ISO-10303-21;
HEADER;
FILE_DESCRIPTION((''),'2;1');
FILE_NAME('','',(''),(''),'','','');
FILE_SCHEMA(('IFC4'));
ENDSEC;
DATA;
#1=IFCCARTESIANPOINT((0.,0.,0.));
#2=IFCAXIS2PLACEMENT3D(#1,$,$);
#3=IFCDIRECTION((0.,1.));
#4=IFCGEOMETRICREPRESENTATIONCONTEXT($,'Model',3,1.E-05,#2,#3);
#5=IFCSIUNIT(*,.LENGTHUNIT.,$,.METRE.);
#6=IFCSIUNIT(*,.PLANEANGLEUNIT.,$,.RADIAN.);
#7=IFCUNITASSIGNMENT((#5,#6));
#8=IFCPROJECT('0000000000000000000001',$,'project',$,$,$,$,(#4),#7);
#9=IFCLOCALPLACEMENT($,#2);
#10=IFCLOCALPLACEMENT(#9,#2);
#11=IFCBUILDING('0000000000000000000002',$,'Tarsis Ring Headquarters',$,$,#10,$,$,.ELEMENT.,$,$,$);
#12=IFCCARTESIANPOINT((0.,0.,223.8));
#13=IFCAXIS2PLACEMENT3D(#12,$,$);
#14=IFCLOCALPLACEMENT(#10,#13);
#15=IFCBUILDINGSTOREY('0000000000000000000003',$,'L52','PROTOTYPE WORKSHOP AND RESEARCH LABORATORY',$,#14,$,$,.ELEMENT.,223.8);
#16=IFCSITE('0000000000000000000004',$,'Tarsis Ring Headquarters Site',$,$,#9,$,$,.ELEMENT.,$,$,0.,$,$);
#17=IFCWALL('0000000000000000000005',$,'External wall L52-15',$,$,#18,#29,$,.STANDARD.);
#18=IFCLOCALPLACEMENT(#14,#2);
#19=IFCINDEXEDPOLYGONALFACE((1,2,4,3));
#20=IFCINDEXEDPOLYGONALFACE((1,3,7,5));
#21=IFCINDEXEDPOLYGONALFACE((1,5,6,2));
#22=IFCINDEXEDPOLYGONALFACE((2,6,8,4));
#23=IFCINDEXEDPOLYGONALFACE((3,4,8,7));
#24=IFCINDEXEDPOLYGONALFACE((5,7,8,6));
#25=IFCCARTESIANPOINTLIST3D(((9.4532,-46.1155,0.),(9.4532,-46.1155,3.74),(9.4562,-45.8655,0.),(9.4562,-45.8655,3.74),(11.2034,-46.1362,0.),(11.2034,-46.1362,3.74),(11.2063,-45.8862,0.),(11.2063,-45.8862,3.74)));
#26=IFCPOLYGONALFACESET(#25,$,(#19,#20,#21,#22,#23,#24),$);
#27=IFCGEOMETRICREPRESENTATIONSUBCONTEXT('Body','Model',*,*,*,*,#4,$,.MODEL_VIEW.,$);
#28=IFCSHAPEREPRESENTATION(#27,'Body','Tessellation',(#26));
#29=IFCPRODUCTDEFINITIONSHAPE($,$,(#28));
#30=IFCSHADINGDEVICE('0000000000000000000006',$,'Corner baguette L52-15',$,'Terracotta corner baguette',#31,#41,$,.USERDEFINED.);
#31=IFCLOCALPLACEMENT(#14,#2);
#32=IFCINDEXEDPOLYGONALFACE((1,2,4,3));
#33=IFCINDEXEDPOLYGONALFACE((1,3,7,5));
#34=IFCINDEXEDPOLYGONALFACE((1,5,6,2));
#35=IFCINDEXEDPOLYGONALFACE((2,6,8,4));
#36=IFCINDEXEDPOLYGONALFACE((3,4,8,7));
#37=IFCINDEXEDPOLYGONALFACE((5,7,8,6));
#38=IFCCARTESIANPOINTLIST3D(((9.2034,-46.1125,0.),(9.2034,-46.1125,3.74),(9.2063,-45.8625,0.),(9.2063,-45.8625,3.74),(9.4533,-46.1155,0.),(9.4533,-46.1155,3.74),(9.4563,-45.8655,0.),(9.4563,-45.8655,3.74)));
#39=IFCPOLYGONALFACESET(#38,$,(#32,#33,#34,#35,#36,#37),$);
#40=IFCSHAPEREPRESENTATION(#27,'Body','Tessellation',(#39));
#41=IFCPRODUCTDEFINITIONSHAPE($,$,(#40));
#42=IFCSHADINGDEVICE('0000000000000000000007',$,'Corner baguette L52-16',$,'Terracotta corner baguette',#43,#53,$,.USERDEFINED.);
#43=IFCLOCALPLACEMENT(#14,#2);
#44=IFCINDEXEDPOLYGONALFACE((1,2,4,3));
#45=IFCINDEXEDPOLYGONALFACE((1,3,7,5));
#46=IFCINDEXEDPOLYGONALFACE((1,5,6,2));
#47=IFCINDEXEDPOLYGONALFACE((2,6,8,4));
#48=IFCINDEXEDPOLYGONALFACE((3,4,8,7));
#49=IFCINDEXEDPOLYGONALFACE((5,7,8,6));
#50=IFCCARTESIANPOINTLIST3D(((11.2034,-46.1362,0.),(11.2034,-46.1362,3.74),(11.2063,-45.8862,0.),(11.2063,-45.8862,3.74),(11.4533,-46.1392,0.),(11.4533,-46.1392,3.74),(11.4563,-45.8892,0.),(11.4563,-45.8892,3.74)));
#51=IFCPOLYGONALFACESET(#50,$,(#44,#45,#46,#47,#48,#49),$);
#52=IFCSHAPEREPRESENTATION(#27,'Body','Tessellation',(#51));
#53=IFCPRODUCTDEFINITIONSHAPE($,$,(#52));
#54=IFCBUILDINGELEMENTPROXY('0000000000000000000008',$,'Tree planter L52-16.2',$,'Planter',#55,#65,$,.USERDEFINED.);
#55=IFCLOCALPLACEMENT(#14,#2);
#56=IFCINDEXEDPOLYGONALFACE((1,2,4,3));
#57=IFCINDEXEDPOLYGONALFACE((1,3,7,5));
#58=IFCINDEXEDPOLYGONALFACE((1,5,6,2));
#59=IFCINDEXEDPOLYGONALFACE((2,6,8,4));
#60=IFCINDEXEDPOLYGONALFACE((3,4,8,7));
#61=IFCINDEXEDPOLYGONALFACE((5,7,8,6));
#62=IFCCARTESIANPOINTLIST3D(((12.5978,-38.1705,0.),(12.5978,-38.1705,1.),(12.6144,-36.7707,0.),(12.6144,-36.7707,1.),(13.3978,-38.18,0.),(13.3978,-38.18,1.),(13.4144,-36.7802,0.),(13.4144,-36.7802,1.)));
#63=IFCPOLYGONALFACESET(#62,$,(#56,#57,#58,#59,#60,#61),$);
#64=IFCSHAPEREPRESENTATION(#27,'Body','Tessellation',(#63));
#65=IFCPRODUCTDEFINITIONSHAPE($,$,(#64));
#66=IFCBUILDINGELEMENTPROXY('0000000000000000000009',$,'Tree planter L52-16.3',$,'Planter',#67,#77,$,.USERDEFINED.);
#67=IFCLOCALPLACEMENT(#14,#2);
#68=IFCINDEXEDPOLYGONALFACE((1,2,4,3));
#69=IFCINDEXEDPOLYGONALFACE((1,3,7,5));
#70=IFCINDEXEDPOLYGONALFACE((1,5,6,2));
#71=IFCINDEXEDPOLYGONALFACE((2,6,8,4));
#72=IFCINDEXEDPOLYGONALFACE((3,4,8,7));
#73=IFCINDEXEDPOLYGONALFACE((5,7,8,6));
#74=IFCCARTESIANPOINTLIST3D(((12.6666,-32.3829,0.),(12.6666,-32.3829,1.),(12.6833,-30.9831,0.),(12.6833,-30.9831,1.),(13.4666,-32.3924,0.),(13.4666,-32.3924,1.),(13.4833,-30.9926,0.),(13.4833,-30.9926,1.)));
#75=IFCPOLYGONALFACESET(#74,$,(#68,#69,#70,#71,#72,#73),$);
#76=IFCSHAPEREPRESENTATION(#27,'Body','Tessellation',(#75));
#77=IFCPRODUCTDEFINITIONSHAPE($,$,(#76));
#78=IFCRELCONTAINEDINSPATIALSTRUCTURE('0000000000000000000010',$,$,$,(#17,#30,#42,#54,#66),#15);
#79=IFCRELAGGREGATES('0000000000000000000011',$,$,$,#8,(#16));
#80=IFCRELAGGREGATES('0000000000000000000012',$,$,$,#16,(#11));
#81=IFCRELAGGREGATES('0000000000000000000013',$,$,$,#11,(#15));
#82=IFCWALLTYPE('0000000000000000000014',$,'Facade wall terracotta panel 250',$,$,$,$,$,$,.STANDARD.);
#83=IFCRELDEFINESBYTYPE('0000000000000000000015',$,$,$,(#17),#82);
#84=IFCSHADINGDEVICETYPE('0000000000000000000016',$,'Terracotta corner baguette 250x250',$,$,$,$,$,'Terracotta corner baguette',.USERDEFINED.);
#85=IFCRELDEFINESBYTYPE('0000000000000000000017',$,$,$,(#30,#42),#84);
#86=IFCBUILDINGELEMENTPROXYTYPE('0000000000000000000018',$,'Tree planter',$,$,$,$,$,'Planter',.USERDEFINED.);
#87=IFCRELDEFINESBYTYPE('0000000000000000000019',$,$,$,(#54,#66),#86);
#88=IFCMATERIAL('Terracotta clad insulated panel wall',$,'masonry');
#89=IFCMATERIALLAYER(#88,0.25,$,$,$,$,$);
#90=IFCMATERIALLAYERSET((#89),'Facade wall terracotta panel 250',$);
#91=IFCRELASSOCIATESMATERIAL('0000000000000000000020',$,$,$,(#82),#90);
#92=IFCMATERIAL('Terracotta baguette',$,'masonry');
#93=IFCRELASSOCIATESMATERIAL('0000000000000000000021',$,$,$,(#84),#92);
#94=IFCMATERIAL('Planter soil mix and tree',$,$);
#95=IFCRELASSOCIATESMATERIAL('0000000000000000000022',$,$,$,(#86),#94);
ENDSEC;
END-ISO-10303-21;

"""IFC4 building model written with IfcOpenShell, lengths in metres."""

from ifc_helpers import new_model, si_unit, direction, frame, frame_2d, origin, origin_2d, place, context, subcontext, project, spatial, rectangle, extrude, material, layer, layer_set, type_object, element, save


model = new_model("IFC4")

# Units and contexts
model_context = context("Model", 3, precision=1e-05, world=origin(), true_north=direction((0.0, 1.0)))
body_context = subcontext(model_context, "Body", "Model", "MODEL_VIEW")
ifc_project = project(units=[si_unit("LENGTHUNIT", "METRE"), si_unit("PLANEANGLEUNIT", "RADIAN")], contexts=[model_context])

# Site, building, storey
site_placement = place(None, origin())
site = spatial("IfcSite", under=ifc_project, at=site_placement, Name="Tarsis Ring Headquarters Site", CompositionType="ELEMENT", RefElevation=0.0)
building_placement = place(site_placement, origin())
building = spatial("IfcBuilding", under=site, at=building_placement, Name="Tarsis Ring Headquarters", CompositionType="ELEMENT")
storey_placement = place(building_placement, frame((0.0, 0.0, 223.8)))
storey = spatial("IfcBuildingStorey", under=building, at=storey_placement, Name="L52", Description="PROTOTYPE WORKSHOP AND RESEARCH LABORATORY", CompositionType="ELEMENT", Elevation=223.8)

# Wall
ifc_material_1 = material(Name="Terracotta clad insulated panel wall", Category="masonry")
ifc_layer_1 = layer(ifc_material_1, 0.25)
ifc_layer_set_1 = layer_set([ifc_layer_1], Name="Facade wall terracotta panel 250")
wall_type_1 = type_object("IfcWallType", Name="Facade wall terracotta panel 250", PredefinedType="STANDARD", material=ifc_layer_set_1)
wall_1_placement = place(storey_placement, frame((9.4548, -45.9905, 0.0), z_axis=(0.0, 0.0, 1.0), x_axis=(0.99993, -0.011857, 0.0)))
element("IfcWall", 1, at=wall_1_placement, inside=storey, type_object=wall_type_1, Name="External wall L52-15", PredefinedType="STANDARD", context=body_context, shape_type="SweptSolid", body=[
    extrude(rectangle(XDim=1.7502, YDim=0.25, at=frame_2d((0.875, 0.0))), origin(), (0.0, 0.0, 1.0), 3.74),
])

# Shading devices
ifc_material_2 = material(Name="Terracotta baguette", Category="masonry")
shading_device_type_1 = type_object("IfcShadingDeviceType", Name="Terracotta corner baguette 250x250", ElementType="Terracotta corner baguette", PredefinedType="USERDEFINED", material=ifc_material_2)
for number, where, z_axis, x_axis, name in (
    (2, (9.3298, -45.989, 0.0), (0.0, 0.0, 1.0), (0.011868, 0.99993, 0.0), "Corner baguette L52-15"),
    (3, (11.3298, -46.0127, 0.0), (0.0, 0.0, 1.0), (0.99993, -0.011869, 0.0), "Corner baguette L52-16"),
):
    element("IfcShadingDevice", number, at=place(storey_placement, frame(where, z_axis=z_axis, x_axis=x_axis)), inside=storey, type_object=shading_device_type_1, Name=name, ObjectType="Terracotta corner baguette", PredefinedType="USERDEFINED", context=body_context, shape_type="SweptSolid", body=[
        extrude(rectangle(XDim=0.25, YDim=0.25, at=origin_2d()), origin(), (0.0, 0.0, 1.0), 3.74),
    ])

# Building element proxies
ifc_material_3 = material(Name="Planter soil mix and tree")
building_element_proxy_type = type_object("IfcBuildingElementProxyType", Name="Tree planter", ElementType="Planter", PredefinedType="USERDEFINED", material=ifc_material_3)
for number, where, z_axis, x_axis, name in (
    (4, (13.0061, -37.4753, 0.0), (0.0, 0.0, 1.0), (0.011868, 0.99993, 0.0), "Tree planter L52-16.2"),
    (5, (13.075, -31.6877, 0.0), (0.0, 0.0, 1.0), (0.011868, 0.99993, 0.0), "Tree planter L52-16.3"),
):
    element("IfcBuildingElementProxy", number, at=place(storey_placement, frame(where, z_axis=z_axis, x_axis=x_axis)), inside=storey, type_object=building_element_proxy_type, Name=name, ObjectType="Planter", PredefinedType="USERDEFINED", context=body_context, shape_type="SweptSolid", body=[
        extrude(rectangle(XDim=1.3999, YDim=0.8, at=origin_2d()), origin(), (0.0, 0.0, 1.0), 1.0),
    ])

save(model, "model.ifc")
